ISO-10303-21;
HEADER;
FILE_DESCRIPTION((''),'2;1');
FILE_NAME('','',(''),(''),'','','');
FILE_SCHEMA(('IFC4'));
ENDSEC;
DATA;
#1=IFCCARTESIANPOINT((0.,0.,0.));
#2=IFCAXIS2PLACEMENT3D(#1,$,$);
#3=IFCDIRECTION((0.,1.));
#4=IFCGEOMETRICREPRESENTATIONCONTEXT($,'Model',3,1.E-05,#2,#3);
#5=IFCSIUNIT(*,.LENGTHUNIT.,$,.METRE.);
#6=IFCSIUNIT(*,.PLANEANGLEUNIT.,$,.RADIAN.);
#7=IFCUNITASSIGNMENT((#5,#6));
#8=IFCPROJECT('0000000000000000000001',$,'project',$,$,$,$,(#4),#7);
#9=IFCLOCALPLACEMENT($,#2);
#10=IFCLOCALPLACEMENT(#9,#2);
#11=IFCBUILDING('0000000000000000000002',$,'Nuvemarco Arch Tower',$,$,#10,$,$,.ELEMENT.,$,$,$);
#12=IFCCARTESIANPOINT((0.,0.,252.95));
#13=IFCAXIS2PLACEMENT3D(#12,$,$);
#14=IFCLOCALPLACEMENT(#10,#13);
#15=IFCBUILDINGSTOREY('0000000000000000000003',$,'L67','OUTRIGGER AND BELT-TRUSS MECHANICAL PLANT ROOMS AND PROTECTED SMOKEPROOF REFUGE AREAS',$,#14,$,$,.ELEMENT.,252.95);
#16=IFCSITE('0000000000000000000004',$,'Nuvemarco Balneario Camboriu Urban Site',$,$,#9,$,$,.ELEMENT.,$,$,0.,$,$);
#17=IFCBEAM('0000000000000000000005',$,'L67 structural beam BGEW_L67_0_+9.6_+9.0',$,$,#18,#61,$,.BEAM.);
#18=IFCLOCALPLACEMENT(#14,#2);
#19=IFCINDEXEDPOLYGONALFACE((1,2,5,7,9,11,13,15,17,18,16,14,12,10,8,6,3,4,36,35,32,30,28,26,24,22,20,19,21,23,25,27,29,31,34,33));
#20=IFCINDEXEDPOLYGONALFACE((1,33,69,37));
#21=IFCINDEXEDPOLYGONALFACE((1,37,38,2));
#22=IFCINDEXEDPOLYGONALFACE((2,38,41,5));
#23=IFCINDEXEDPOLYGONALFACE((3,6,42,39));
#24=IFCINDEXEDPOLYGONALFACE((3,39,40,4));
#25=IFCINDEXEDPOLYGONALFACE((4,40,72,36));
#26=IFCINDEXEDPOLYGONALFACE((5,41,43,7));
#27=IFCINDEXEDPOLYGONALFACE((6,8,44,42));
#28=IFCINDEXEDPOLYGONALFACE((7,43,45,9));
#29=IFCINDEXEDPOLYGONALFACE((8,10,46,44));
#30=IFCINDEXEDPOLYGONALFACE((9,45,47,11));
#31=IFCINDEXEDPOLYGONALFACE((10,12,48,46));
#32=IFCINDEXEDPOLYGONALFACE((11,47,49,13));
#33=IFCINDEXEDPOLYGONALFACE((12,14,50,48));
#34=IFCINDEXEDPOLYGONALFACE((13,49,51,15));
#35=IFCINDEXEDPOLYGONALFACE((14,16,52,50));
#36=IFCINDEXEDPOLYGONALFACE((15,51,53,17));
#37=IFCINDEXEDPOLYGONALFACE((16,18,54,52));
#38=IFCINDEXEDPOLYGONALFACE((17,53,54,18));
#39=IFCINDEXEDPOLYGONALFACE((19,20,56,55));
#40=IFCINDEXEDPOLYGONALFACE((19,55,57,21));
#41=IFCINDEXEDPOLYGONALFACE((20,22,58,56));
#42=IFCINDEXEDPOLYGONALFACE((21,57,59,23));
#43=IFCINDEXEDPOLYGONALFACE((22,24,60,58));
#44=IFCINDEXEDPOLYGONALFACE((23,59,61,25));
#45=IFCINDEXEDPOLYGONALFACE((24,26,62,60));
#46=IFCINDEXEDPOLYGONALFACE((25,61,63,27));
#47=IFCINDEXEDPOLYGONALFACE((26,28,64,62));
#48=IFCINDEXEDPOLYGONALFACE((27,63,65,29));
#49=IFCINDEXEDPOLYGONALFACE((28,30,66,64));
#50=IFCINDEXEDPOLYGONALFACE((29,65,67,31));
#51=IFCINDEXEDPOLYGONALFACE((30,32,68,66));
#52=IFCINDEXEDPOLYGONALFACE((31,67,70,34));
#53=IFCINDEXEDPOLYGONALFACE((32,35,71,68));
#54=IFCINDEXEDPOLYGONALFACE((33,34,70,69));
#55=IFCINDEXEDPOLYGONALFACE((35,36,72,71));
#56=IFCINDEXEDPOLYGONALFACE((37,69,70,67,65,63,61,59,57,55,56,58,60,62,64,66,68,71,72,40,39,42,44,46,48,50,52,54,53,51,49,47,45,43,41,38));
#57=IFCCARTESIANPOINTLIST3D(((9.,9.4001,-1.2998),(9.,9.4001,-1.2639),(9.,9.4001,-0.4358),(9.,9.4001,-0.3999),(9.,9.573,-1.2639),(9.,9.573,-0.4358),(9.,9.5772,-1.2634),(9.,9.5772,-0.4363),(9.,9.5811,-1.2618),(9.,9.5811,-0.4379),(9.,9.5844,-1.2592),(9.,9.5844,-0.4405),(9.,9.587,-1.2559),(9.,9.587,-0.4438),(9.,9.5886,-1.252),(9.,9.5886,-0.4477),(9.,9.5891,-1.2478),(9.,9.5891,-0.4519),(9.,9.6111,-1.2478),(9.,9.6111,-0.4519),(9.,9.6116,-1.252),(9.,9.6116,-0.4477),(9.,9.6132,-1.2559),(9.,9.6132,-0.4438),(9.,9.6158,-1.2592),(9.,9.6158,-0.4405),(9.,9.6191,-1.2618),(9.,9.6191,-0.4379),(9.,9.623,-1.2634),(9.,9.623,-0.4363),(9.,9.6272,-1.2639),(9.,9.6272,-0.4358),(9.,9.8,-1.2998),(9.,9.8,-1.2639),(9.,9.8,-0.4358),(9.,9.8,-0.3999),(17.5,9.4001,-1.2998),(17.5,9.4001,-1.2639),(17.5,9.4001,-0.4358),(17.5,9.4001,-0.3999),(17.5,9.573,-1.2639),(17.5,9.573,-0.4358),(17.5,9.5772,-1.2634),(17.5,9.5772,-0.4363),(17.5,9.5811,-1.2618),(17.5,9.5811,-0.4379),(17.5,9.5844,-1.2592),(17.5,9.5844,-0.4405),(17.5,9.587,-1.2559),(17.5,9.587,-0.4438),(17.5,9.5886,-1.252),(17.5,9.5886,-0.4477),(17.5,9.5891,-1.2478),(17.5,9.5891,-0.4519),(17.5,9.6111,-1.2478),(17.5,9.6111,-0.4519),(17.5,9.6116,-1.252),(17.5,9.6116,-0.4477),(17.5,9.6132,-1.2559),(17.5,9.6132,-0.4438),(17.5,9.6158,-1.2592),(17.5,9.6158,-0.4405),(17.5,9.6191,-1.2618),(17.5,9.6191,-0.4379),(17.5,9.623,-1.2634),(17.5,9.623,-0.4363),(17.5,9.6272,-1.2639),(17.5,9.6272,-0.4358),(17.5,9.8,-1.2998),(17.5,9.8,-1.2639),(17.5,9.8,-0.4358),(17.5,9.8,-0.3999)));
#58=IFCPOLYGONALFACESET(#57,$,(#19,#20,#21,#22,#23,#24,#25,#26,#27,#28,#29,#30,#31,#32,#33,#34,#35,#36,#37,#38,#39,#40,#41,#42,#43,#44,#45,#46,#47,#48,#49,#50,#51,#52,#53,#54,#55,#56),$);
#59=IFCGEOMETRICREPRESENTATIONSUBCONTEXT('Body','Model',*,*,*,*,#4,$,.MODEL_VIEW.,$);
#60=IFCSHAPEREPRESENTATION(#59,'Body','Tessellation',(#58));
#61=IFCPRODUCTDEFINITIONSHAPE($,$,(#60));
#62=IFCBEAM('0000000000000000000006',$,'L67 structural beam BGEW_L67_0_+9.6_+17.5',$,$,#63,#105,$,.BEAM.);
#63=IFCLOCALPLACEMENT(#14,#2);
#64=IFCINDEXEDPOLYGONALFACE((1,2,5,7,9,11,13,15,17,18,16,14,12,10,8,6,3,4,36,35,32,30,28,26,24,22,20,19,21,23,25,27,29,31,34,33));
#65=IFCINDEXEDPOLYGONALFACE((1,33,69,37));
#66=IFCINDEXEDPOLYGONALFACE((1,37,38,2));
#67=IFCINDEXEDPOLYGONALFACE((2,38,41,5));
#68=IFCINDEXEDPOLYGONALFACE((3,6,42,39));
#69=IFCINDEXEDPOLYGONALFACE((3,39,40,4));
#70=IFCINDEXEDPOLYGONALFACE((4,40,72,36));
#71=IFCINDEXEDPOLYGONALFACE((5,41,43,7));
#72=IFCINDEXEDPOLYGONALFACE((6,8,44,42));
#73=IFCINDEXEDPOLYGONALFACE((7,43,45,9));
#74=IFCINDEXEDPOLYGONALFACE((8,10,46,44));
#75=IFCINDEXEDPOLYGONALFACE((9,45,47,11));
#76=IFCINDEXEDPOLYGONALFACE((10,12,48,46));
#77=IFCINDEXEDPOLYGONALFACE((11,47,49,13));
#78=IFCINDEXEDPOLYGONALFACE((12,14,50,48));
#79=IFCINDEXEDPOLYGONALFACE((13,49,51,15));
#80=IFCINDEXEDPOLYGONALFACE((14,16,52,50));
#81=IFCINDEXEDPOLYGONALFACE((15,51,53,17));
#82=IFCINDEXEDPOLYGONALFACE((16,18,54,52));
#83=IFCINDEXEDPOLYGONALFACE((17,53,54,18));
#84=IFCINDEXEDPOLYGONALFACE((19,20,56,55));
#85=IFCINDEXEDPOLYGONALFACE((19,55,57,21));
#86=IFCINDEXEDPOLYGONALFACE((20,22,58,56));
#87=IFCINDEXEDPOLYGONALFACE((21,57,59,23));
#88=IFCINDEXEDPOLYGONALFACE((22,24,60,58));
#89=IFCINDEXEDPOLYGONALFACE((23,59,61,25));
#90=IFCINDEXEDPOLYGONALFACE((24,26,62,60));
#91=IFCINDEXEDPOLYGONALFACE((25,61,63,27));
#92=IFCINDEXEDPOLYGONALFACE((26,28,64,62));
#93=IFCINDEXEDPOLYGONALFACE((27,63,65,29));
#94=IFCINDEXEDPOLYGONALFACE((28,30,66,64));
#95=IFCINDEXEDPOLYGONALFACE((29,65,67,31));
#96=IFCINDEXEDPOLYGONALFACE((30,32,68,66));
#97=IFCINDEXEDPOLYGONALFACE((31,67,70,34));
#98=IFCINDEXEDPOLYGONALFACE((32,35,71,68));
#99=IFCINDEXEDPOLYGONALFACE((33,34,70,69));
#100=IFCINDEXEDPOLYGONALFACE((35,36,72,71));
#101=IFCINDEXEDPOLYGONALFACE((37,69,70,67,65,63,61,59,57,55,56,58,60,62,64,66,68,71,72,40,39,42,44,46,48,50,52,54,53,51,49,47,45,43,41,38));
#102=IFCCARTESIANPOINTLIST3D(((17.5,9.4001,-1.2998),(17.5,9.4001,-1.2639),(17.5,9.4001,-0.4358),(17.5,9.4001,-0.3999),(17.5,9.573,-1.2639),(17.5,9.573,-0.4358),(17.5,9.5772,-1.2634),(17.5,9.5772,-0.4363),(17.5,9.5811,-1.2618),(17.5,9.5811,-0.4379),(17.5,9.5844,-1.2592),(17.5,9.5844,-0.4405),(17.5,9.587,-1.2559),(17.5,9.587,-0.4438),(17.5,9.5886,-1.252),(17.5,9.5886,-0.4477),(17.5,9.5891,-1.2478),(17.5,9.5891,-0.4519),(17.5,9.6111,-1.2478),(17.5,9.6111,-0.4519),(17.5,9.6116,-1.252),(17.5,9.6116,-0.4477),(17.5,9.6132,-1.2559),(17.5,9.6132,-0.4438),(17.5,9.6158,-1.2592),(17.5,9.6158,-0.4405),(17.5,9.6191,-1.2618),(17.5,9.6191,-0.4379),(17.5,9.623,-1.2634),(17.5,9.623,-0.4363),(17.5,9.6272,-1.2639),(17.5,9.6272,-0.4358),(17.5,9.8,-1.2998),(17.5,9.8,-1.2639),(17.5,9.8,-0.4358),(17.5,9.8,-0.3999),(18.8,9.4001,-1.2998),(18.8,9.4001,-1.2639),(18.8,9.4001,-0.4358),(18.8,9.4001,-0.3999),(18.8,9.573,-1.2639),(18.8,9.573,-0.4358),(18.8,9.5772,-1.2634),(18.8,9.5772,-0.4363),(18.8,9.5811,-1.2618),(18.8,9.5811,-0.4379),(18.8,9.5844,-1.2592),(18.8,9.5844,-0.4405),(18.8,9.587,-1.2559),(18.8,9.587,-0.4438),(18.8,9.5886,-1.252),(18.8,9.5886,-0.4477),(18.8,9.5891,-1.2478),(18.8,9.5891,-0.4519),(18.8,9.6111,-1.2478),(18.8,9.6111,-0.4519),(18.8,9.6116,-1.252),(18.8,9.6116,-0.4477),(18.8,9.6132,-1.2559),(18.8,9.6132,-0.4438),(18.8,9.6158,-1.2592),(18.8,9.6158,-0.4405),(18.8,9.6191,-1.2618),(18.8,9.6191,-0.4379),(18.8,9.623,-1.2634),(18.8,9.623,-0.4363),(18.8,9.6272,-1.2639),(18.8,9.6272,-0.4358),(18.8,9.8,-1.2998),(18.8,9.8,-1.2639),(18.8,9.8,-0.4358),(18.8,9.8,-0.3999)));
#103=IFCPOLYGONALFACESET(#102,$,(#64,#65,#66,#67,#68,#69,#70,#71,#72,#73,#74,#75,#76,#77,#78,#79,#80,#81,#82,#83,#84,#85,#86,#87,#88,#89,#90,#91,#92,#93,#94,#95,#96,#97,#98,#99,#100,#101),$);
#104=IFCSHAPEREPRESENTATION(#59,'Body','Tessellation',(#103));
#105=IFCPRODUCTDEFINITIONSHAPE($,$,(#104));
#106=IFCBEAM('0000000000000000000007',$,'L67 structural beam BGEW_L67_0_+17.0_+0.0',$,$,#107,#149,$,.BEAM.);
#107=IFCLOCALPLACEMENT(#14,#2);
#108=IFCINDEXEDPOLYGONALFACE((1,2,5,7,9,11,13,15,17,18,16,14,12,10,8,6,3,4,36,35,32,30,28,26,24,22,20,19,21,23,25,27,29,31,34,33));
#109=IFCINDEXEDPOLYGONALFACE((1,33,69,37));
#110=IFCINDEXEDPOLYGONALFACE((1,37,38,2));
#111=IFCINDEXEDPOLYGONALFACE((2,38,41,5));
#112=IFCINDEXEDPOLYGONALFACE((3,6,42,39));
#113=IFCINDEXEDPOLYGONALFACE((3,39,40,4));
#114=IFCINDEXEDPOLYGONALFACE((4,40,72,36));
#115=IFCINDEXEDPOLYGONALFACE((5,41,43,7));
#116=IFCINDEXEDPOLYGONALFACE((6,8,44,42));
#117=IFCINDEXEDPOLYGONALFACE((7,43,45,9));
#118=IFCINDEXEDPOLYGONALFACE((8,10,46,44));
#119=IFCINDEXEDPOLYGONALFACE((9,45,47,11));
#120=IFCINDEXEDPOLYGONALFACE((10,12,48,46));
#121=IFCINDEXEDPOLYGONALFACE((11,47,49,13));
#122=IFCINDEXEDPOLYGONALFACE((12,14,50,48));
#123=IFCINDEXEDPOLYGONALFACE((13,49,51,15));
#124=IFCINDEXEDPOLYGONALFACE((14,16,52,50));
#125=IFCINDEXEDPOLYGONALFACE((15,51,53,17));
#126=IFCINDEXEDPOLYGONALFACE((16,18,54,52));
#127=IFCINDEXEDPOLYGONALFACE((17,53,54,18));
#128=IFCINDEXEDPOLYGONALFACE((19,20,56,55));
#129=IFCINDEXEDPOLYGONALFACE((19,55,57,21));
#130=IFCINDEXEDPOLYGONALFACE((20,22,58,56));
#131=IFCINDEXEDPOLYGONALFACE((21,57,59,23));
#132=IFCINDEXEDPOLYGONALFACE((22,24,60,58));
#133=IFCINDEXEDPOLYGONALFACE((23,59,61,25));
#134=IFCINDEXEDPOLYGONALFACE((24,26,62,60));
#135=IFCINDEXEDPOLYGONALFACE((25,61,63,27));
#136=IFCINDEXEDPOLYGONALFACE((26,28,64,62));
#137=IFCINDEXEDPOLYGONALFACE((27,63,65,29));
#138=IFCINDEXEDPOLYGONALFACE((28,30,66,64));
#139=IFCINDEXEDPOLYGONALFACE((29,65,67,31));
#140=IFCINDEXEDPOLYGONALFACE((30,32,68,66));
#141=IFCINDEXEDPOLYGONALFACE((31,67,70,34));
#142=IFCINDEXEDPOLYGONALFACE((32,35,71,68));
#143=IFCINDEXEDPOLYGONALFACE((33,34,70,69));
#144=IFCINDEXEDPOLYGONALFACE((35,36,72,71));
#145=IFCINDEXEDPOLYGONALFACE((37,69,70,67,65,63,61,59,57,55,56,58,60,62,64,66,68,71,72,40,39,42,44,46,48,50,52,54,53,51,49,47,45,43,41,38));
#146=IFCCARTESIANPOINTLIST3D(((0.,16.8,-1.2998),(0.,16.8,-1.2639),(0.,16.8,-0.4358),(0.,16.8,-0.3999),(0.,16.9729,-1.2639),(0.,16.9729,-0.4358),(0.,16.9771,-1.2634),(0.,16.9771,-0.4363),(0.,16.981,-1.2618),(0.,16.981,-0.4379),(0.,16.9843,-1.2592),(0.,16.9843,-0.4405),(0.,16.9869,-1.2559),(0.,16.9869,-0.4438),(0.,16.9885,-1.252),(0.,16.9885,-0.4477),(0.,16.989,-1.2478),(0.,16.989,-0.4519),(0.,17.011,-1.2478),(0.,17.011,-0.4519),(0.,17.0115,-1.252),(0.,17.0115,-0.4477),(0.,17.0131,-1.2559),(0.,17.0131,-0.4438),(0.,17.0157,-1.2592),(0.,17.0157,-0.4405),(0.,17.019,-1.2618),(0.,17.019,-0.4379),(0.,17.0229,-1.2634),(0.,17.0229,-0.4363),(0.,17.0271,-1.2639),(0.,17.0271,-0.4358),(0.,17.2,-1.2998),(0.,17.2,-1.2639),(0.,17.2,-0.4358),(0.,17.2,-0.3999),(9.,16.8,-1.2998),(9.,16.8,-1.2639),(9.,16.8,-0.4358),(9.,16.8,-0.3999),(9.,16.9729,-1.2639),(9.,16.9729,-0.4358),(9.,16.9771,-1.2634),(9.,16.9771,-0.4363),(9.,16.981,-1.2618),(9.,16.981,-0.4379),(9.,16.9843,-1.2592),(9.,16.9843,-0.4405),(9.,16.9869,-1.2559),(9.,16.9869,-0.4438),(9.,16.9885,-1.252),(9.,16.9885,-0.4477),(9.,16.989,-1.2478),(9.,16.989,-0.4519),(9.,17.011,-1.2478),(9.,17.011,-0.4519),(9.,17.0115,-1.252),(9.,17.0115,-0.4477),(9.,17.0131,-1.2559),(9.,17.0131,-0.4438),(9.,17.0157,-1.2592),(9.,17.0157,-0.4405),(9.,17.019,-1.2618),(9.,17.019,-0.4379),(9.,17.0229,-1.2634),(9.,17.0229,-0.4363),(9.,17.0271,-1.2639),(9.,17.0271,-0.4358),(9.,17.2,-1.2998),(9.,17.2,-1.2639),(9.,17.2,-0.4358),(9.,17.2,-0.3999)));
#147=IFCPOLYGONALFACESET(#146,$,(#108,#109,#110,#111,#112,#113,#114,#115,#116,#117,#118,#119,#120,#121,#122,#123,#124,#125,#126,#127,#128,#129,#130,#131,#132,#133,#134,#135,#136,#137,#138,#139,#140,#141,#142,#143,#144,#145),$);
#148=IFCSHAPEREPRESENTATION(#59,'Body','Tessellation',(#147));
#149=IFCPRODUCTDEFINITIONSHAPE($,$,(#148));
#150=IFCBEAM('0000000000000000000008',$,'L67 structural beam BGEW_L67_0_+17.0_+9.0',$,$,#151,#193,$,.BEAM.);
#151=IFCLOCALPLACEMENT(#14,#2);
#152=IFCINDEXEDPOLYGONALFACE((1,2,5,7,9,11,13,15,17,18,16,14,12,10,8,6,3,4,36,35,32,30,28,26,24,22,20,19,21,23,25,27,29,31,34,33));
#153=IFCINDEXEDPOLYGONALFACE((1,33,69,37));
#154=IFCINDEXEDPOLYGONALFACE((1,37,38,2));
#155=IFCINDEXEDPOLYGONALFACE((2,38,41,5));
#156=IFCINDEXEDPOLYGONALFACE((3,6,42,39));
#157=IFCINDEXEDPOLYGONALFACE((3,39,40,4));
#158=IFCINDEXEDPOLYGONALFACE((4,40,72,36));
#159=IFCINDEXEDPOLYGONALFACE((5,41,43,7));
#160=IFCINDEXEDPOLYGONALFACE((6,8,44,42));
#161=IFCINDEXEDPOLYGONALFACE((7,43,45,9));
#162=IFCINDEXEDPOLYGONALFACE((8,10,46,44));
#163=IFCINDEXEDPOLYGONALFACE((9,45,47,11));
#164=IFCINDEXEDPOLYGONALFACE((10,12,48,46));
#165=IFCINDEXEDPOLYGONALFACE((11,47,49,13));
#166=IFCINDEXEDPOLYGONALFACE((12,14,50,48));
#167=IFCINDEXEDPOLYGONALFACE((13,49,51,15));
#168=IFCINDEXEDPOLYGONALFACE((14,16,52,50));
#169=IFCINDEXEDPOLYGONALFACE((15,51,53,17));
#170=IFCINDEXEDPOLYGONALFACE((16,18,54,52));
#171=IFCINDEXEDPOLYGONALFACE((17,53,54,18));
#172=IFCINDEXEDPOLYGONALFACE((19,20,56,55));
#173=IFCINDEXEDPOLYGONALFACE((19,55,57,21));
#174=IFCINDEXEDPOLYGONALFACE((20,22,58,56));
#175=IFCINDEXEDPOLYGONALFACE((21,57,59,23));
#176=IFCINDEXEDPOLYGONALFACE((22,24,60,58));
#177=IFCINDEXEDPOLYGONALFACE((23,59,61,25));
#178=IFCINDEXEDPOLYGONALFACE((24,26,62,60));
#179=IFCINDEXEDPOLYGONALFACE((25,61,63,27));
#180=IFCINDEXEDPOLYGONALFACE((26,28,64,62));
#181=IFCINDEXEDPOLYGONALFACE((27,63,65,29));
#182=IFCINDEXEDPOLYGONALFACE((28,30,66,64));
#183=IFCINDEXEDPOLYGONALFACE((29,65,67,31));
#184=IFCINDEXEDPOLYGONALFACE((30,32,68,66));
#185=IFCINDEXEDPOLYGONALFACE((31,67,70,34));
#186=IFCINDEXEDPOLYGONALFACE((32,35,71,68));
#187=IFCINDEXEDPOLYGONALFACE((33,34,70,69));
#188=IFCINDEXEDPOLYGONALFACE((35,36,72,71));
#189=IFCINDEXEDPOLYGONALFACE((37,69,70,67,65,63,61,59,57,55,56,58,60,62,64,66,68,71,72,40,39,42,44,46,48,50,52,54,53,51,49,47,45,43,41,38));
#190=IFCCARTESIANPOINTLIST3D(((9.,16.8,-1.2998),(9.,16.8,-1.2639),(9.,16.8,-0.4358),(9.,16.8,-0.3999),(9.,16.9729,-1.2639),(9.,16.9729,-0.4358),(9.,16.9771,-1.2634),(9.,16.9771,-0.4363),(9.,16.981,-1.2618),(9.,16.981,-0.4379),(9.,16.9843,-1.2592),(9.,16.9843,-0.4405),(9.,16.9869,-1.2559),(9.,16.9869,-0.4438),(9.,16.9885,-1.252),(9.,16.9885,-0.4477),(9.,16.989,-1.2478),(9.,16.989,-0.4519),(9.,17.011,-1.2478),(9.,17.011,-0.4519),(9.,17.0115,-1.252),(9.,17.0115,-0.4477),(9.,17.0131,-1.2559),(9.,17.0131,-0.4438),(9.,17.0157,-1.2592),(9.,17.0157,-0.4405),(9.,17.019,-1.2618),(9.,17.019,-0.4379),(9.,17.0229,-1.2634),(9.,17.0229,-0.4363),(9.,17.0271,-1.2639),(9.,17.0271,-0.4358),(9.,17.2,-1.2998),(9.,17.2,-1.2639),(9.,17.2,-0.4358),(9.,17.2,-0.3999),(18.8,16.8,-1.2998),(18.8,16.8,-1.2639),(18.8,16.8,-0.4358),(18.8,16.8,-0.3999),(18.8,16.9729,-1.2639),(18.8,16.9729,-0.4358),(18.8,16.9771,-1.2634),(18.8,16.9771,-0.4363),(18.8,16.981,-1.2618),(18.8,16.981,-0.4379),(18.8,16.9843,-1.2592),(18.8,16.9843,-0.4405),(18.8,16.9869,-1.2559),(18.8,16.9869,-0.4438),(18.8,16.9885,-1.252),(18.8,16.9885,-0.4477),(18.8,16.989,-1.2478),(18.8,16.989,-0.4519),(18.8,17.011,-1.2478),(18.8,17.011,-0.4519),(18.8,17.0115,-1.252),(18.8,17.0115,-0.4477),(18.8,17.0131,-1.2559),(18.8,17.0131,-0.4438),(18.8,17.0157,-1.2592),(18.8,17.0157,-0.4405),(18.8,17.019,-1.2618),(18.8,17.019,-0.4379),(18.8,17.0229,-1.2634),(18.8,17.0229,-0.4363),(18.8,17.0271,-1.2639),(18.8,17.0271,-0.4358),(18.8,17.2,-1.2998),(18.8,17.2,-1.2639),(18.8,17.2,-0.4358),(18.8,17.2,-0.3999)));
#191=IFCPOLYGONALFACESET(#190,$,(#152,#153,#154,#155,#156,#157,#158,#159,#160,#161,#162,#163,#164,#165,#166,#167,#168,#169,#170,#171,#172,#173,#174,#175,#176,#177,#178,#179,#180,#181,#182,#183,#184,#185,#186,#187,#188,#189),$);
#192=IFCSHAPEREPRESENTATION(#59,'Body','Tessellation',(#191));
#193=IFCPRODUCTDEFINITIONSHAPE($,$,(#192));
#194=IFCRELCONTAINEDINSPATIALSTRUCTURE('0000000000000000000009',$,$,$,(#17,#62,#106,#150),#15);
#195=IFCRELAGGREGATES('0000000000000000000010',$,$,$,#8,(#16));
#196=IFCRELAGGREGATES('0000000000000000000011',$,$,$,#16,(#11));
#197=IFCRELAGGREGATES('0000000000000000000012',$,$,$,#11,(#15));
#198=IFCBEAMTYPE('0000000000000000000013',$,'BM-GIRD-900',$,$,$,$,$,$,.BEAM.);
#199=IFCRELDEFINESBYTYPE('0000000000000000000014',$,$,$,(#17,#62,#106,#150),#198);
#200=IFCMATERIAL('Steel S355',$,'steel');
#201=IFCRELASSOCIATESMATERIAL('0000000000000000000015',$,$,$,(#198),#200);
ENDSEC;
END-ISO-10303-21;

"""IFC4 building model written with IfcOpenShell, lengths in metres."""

from ifc_helpers import new_model, si_unit, direction, frame, origin, origin_2d, place, context, subcontext, project, spatial, i_section, extrude, material, material_profile, profile_set, type_object, element, save


model = new_model("IFC4")

# Units and contexts
model_context = context("Model", 3, precision=1e-05, world=origin(), true_north=direction((0.0, 1.0)))
body_context = subcontext(model_context, "Body", "Model", "MODEL_VIEW")
ifc_project = project(units=[si_unit("LENGTHUNIT", "METRE"), si_unit("PLANEANGLEUNIT", "RADIAN")], contexts=[model_context])

# Site, building, storey
site_placement = place(None, origin())
site = spatial("IfcSite", under=ifc_project, at=site_placement, Name="Nuvemarco Balneario Camboriu Urban Site", CompositionType="ELEMENT", RefElevation=0.0)
building_placement = place(site_placement, origin())
building = spatial("IfcBuilding", under=site, at=building_placement, Name="Nuvemarco Arch Tower", CompositionType="ELEMENT")
storey_placement = place(building_placement, frame((0.0, 0.0, 252.95)))
storey = spatial("IfcBuildingStorey", under=building, at=storey_placement, Name="L67", Description="OUTRIGGER AND BELT-TRUSS MECHANICAL PLANT ROOMS AND PROTECTED SMOKEPROOF REFUGE AREAS", CompositionType="ELEMENT", Elevation=252.95)

# Shared definitions
ifc_material_1 = material(Name="Steel S355", Category="steel")

# Beams
ifc_material_profile_1 = material_profile(ifc_material_1, i_section(OverallWidth=0.3999, OverallDepth=0.8999, WebThickness=0.022, FlangeThickness=0.0359, FilletRadius=0.0161, at=origin_2d()), Name="PG900x400")
ifc_profile_set_1 = profile_set([ifc_material_profile_1], Name="Steel S355")
beam_type_1 = type_object("IfcBeamType", Name="BM-GIRD-900", PredefinedType="BEAM", material=ifc_profile_set_1)
beam_1_placement = place(storey_placement, frame((9.0, 9.6001, -0.8499), z_axis=(1.0, 0.0, 0.0), x_axis=(0.0, 1.0, 0.0)))
element("IfcBeam", 1, at=beam_1_placement, inside=storey, type_object=beam_type_1, Name="L67 structural beam BGEW_L67_0_+9.6_+9.0", PredefinedType="BEAM", context=body_context, shape_type="SweptSolid", body=[
    extrude(i_section(OverallWidth=0.3999, OverallDepth=0.8999, WebThickness=0.022, FlangeThickness=0.0359, FilletRadius=0.0161, at=origin_2d()), origin(), (0.0, 0.0, 1.0), 8.5),
])
beam_2_placement = place(storey_placement, frame((17.5, 9.6001, -0.8499), z_axis=(1.0, 0.0, 0.0), x_axis=(0.0, 1.0, 0.0)))
element("IfcBeam", 2, at=beam_2_placement, inside=storey, type_object=beam_type_1, Name="L67 structural beam BGEW_L67_0_+9.6_+17.5", PredefinedType="BEAM", context=body_context, shape_type="SweptSolid", body=[
    extrude(i_section(OverallWidth=0.3999, OverallDepth=0.8999, WebThickness=0.022, FlangeThickness=0.0359, FilletRadius=0.0161, at=origin_2d()), origin(), (0.0, 0.0, 1.0), 1.3),
])
beam_3_placement = place(storey_placement, frame((0.0, 17.0, -0.8499), z_axis=(1.0, 0.0, 0.0), x_axis=(0.0, 1.0, 0.0)))
element("IfcBeam", 3, at=beam_3_placement, inside=storey, type_object=beam_type_1, Name="L67 structural beam BGEW_L67_0_+17.0_+0.0", PredefinedType="BEAM", context=body_context, shape_type="SweptSolid", body=[
    extrude(i_section(OverallWidth=0.3999, OverallDepth=0.8999, WebThickness=0.022, FlangeThickness=0.0359, FilletRadius=0.0161, at=origin_2d()), origin(), (0.0, 0.0, 1.0), 9.0),
])
beam_4_placement = place(storey_placement, frame((9.0, 17.0, -0.8499), z_axis=(1.0, 0.0, 0.0), x_axis=(0.0, 1.0, 0.0)))
element("IfcBeam", 4, at=beam_4_placement, inside=storey, type_object=beam_type_1, Name="L67 structural beam BGEW_L67_0_+17.0_+9.0", PredefinedType="BEAM", context=body_context, shape_type="SweptSolid", body=[
    extrude(i_section(OverallWidth=0.3999, OverallDepth=0.8999, WebThickness=0.022, FlangeThickness=0.0359, FilletRadius=0.0161, at=origin_2d()), origin(), (0.0, 0.0, 1.0), 9.8),
])

save(model, "model.ifc")
